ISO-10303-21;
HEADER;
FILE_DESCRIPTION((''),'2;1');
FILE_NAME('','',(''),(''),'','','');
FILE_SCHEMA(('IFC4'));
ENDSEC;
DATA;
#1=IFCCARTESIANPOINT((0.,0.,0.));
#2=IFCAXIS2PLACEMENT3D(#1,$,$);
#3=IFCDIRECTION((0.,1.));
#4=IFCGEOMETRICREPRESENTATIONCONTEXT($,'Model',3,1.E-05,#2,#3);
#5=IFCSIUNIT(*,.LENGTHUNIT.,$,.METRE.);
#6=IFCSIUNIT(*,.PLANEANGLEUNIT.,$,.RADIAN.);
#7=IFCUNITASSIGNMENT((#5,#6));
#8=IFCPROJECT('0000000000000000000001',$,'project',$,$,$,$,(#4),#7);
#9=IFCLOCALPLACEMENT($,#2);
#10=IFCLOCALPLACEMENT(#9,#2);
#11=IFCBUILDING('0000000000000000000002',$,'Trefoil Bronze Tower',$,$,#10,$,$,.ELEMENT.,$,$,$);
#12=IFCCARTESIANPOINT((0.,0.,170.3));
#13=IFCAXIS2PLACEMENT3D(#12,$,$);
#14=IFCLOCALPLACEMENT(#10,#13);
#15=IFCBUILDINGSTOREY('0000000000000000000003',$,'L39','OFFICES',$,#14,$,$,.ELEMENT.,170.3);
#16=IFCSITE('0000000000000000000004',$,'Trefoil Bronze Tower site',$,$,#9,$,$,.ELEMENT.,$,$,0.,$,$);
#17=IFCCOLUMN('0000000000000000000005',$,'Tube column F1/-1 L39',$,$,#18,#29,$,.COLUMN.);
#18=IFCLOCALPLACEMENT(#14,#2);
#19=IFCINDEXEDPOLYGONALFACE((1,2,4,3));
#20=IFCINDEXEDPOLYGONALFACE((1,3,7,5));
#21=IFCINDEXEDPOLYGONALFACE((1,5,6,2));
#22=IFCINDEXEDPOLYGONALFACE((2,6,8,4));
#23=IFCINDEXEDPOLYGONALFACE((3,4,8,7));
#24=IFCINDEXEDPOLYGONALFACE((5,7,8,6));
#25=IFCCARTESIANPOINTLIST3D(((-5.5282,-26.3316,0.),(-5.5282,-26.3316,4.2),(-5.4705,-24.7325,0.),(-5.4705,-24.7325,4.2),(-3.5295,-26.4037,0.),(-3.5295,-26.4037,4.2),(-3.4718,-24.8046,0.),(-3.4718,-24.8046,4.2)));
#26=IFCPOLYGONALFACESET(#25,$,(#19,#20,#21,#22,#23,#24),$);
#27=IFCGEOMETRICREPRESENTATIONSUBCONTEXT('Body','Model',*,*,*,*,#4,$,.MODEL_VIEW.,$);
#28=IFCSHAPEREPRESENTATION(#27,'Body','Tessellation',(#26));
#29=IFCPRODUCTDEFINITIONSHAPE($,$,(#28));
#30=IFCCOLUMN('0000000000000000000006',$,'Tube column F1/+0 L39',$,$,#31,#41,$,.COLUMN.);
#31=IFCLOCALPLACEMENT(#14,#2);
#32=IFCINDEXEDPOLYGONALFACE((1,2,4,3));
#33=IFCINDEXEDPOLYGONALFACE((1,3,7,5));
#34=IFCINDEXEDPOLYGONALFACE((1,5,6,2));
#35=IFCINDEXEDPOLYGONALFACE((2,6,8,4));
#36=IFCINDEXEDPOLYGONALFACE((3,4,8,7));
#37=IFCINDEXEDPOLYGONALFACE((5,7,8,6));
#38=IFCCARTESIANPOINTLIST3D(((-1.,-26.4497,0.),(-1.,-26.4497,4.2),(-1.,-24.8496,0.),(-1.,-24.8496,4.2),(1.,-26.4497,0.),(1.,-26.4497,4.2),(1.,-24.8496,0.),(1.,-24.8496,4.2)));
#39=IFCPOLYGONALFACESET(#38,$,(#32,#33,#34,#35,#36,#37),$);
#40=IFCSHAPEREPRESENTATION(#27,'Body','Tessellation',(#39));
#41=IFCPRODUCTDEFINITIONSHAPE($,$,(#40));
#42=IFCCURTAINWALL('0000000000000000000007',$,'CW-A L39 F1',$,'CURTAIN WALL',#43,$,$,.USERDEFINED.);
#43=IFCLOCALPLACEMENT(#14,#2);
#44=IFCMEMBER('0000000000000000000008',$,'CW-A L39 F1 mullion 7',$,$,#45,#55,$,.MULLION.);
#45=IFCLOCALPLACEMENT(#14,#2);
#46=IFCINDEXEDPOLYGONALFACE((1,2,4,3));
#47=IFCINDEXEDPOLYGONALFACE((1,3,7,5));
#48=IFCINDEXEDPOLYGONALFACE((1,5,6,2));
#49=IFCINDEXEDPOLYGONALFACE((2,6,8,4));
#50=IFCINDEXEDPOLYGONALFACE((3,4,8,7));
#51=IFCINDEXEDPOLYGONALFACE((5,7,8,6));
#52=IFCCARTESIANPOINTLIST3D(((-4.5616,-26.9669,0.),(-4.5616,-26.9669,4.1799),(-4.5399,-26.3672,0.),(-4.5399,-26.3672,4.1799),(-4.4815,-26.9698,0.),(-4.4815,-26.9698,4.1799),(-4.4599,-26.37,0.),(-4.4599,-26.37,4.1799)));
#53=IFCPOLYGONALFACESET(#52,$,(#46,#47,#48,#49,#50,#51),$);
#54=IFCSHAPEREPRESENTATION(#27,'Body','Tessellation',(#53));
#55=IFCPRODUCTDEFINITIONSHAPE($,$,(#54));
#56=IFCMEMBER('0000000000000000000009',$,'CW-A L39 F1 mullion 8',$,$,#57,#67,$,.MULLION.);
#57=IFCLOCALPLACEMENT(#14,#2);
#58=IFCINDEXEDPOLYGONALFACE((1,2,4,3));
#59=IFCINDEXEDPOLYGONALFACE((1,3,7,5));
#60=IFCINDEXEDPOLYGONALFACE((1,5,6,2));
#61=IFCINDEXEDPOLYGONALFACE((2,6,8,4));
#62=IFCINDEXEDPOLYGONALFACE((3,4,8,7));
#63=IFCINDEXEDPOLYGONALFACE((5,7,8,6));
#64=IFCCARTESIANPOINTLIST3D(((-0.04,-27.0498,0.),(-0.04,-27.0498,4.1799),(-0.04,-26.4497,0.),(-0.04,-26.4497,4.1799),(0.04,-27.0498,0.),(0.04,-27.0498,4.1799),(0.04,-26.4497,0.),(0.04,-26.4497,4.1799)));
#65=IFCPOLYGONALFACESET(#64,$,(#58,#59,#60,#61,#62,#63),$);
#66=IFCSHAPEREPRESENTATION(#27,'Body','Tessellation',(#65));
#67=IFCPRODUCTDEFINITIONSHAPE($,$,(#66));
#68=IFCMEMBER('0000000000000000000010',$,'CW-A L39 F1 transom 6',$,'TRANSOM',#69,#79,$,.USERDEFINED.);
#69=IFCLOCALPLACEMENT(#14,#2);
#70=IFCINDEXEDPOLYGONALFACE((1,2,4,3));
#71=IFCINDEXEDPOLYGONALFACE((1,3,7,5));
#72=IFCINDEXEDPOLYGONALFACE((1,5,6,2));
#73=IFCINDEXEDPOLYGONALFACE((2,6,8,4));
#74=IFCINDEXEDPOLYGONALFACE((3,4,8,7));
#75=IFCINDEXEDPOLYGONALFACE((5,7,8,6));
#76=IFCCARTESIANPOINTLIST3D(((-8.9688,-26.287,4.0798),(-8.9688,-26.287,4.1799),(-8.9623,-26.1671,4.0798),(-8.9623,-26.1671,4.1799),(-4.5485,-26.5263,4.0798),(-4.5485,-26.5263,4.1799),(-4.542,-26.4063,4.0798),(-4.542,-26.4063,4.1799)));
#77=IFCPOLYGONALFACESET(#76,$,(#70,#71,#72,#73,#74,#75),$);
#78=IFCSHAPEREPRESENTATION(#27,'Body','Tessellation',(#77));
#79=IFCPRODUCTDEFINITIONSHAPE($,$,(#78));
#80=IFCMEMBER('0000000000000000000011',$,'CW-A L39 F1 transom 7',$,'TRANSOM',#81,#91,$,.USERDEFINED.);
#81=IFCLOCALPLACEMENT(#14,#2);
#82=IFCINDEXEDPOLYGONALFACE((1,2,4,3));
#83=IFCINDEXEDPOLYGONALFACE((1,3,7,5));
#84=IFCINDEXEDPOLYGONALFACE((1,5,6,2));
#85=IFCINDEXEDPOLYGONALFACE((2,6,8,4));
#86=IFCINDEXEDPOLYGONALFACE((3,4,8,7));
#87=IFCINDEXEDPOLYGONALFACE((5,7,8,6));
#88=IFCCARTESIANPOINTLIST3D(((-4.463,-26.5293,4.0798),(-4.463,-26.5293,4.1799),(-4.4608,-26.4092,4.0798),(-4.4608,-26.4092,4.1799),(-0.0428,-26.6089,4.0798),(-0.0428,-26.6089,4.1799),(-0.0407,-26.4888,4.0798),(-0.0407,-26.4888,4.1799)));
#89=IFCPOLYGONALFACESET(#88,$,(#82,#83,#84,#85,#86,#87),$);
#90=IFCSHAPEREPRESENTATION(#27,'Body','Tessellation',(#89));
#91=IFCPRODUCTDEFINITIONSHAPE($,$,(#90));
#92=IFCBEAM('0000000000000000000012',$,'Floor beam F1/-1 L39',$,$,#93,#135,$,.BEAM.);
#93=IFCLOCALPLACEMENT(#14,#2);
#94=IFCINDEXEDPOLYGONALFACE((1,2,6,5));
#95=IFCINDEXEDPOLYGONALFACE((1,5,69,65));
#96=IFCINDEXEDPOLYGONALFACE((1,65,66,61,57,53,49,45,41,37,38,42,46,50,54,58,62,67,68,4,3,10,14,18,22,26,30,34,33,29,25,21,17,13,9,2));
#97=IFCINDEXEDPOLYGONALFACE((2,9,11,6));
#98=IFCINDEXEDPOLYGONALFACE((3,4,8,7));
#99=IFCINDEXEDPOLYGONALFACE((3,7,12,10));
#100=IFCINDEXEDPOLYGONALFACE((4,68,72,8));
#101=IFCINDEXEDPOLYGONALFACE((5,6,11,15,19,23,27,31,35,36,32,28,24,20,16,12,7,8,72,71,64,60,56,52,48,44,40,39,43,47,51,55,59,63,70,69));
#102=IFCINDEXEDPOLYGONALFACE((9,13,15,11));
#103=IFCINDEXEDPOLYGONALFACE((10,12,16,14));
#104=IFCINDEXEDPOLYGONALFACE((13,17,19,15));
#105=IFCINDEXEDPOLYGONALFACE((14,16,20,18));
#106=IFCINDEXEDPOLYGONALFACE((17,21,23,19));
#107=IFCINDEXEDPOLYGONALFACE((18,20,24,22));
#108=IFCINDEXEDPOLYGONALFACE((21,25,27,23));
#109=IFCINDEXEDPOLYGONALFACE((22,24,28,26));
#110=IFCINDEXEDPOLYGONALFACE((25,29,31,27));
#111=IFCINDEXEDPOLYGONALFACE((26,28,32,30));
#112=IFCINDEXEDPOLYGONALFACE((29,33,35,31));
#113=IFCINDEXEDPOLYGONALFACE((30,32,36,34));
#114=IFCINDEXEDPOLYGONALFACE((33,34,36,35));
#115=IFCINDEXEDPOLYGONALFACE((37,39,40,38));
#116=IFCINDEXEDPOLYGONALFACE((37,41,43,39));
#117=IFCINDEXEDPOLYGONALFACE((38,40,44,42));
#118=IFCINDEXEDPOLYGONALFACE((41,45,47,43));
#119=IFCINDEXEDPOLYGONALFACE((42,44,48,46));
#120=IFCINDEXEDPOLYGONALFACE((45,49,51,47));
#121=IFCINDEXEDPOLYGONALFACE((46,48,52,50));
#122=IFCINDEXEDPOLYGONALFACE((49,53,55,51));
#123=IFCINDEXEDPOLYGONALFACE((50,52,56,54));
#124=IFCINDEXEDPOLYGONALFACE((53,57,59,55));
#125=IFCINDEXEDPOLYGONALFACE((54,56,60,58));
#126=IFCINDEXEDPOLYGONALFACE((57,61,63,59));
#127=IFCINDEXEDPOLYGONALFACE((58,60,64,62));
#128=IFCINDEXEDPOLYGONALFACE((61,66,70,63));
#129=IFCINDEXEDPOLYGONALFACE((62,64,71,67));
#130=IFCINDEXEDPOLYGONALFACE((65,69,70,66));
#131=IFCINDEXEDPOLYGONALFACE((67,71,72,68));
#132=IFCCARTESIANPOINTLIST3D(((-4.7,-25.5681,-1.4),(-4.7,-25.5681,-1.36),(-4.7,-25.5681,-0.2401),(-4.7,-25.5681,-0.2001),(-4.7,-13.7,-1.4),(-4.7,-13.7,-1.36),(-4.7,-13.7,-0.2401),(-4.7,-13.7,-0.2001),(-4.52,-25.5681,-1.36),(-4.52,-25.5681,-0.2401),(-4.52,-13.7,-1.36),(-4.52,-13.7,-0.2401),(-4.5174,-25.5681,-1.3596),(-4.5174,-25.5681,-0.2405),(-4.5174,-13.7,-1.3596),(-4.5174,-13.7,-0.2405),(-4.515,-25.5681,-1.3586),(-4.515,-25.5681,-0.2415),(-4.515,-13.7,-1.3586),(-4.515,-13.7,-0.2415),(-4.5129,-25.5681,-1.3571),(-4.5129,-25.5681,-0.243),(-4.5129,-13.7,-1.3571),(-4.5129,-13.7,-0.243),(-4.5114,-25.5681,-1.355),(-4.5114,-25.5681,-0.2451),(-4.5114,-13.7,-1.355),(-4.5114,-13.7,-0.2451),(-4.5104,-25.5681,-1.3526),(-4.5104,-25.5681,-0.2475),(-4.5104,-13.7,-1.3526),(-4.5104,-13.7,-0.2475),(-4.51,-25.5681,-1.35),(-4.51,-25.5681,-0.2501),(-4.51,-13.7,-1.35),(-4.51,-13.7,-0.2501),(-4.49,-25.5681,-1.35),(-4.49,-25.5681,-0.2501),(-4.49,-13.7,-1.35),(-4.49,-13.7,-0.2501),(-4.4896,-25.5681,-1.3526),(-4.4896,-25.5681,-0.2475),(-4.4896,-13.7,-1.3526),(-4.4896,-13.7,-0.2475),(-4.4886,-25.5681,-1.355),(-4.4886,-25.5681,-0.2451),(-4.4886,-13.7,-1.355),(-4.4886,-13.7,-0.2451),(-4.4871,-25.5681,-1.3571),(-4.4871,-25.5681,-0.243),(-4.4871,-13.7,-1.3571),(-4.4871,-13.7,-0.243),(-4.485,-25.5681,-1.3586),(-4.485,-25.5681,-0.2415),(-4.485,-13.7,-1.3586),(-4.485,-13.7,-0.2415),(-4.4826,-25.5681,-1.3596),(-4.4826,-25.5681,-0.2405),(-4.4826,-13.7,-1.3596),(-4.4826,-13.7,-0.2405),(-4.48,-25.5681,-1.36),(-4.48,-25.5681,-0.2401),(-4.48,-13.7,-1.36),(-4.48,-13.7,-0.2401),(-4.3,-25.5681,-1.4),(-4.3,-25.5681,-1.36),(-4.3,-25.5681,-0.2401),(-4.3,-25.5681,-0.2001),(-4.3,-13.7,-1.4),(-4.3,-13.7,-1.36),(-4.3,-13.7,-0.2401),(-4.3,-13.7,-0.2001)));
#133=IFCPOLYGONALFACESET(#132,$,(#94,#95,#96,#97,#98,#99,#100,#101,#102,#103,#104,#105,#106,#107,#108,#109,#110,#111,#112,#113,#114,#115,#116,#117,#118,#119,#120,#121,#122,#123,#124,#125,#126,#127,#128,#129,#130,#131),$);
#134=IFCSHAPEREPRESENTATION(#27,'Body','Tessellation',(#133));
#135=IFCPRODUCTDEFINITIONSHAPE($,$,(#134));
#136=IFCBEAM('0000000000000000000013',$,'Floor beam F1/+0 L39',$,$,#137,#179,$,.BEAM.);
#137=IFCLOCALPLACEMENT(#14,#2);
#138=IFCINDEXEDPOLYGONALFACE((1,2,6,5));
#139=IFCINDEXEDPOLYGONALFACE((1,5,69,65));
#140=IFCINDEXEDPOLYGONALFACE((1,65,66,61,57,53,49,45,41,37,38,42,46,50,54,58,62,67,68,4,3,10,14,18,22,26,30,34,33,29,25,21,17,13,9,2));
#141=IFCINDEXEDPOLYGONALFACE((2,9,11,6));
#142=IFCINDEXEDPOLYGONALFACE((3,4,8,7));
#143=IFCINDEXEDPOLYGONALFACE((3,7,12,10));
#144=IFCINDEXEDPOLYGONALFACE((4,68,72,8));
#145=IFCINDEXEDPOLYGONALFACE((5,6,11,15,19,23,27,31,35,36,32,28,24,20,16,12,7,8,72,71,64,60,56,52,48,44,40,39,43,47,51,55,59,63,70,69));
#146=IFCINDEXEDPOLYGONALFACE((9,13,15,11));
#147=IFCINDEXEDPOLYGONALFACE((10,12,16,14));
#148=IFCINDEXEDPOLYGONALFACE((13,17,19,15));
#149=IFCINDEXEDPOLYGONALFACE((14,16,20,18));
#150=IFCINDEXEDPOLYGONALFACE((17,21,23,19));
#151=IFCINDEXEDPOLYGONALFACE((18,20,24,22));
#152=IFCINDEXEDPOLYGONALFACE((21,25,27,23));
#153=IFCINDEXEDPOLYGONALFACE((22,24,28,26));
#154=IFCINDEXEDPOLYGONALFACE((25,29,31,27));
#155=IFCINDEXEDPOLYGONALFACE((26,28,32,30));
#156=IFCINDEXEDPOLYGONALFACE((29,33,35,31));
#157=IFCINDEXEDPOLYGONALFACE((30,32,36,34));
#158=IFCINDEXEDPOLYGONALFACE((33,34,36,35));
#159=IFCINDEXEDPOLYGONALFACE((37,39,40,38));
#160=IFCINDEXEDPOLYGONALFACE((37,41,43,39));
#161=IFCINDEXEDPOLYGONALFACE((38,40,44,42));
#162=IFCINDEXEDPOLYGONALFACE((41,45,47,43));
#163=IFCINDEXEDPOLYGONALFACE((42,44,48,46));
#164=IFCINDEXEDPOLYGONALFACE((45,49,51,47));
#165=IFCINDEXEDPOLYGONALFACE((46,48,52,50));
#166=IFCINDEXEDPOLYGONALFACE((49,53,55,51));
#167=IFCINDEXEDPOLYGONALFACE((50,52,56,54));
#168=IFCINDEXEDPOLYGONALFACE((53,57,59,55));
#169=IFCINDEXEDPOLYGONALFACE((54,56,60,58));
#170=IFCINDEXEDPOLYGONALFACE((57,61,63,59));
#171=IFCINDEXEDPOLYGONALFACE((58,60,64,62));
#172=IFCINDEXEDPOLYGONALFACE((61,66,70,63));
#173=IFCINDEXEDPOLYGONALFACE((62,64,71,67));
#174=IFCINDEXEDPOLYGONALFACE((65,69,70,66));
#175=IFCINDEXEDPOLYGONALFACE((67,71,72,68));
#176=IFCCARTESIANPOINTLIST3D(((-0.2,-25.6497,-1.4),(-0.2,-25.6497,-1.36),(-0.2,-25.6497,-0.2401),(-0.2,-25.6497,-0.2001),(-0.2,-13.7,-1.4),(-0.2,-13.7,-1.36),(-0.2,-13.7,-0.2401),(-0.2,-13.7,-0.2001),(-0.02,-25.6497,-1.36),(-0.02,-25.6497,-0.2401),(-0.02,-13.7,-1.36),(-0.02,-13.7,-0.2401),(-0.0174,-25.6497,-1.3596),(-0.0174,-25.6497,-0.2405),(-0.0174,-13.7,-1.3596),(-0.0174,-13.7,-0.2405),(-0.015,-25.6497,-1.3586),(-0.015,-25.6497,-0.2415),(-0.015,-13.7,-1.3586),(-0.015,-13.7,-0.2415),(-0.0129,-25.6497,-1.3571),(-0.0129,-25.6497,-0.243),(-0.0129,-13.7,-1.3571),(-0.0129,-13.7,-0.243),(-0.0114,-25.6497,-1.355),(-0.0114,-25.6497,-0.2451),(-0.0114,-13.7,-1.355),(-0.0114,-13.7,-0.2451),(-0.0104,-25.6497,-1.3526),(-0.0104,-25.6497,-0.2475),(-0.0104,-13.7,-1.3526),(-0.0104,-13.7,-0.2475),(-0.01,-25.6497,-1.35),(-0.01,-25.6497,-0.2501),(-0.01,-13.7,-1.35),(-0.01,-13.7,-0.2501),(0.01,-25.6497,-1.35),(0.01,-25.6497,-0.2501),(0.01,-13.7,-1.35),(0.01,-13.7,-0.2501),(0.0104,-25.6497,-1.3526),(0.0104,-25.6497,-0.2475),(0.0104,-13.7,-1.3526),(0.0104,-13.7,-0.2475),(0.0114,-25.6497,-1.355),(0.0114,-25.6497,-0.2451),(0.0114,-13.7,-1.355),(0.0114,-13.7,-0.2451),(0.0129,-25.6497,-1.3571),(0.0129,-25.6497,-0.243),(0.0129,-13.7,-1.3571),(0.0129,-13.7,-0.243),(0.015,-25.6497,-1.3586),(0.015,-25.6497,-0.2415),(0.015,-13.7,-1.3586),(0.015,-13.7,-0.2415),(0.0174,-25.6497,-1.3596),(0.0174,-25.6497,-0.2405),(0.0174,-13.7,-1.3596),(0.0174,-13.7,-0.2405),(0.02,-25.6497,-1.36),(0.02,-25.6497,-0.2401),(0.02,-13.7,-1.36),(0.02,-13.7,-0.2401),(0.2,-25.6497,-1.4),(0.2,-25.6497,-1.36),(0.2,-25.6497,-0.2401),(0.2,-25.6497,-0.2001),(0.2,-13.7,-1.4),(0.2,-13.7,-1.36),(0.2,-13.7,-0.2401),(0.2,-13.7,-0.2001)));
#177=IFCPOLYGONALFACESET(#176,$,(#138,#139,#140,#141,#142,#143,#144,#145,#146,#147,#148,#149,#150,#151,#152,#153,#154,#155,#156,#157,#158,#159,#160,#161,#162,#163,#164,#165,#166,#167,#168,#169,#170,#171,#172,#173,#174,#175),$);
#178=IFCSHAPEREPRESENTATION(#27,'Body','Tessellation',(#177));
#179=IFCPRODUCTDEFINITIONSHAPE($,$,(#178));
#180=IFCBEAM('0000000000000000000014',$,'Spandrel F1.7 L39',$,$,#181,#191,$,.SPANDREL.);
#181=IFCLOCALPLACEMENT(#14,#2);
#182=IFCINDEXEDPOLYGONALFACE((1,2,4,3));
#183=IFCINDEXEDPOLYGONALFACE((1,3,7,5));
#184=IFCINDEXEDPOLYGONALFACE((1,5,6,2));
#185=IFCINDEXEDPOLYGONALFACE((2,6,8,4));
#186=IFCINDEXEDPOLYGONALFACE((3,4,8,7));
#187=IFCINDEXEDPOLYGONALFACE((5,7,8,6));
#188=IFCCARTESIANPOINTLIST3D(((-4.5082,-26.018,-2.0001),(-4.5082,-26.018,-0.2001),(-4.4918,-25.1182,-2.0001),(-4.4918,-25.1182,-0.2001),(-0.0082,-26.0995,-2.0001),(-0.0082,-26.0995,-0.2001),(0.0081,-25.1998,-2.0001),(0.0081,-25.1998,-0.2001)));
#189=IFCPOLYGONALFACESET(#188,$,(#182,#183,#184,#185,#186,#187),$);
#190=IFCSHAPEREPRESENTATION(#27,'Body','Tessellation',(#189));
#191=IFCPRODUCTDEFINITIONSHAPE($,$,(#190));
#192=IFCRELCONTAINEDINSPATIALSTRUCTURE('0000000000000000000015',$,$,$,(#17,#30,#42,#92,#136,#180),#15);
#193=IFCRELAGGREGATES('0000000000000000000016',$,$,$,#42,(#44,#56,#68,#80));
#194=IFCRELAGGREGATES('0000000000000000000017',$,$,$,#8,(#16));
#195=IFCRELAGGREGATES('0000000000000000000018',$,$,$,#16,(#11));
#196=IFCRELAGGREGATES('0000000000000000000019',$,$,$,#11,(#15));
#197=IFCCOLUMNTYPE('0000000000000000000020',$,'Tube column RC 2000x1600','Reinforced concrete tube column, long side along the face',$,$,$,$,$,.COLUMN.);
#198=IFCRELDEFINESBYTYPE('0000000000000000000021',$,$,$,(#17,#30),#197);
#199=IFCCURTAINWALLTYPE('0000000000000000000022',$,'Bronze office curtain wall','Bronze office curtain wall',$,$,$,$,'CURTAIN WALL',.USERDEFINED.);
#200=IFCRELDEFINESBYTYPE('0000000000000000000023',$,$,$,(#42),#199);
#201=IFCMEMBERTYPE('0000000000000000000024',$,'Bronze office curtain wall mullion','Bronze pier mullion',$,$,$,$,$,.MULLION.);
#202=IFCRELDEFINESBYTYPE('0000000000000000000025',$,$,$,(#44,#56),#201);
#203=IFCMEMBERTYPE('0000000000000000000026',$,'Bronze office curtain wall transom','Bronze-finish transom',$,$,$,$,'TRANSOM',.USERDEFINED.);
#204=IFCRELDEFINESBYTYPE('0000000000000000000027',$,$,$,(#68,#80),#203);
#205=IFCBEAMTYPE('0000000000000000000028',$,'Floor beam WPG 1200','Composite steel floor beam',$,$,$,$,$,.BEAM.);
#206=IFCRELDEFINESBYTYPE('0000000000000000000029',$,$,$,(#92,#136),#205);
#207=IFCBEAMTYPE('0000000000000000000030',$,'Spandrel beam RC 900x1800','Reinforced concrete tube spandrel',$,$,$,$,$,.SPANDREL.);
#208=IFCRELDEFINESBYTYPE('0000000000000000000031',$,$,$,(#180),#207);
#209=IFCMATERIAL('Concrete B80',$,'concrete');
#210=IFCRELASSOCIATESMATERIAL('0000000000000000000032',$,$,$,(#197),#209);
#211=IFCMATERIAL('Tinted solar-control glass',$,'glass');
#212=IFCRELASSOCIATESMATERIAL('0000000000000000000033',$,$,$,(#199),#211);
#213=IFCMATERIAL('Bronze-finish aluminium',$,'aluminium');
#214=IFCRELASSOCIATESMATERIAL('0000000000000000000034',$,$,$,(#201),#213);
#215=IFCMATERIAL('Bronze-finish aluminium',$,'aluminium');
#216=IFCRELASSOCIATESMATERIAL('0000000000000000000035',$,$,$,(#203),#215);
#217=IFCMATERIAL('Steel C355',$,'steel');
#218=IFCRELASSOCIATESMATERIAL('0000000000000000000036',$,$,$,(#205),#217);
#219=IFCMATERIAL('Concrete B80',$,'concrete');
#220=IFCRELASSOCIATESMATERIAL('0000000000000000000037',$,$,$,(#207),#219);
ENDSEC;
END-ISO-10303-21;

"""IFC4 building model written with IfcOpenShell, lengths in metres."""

from ifc_helpers import new_model, si_unit, direction, frame, origin, origin_2d, place, context, subcontext, project, spatial, rectangle, i_section, extrude, material, material_profile, profile_set, type_object, element, aggregate, save


model = new_model("IFC4")

# Units and contexts
model_context = context("Model", 3, precision=1e-05, world=origin(), true_north=direction((0.0, 1.0)))
body_context = subcontext(model_context, "Body", "Model", "MODEL_VIEW")
ifc_project = project(units=[si_unit("LENGTHUNIT", "METRE"), si_unit("PLANEANGLEUNIT", "RADIAN")], contexts=[model_context])

# Site, building, storey
site_placement = place(None, origin())
site = spatial("IfcSite", under=ifc_project, at=site_placement, Name="Trefoil Bronze Tower site", CompositionType="ELEMENT", RefElevation=0.0)
building_placement = place(site_placement, origin())
building = spatial("IfcBuilding", under=site, at=building_placement, Name="Trefoil Bronze Tower", CompositionType="ELEMENT")
storey_placement = place(building_placement, frame((0.0, 0.0, 170.3)))
storey = spatial("IfcBuildingStorey", under=building, at=storey_placement, Name="L39", Description="OFFICES", CompositionType="ELEMENT", Elevation=170.3)

# Columns
ifc_material_1 = material(Name="Concrete B80", Category="concrete")
ifc_material_profile_1 = material_profile(ifc_material_1, rectangle(XDim=2.0, YDim=1.6001, at=origin_2d()), Name="RC 2000x1600")
ifc_profile_set_1 = profile_set([ifc_material_profile_1], Name="Concrete B80")
column_type = type_object("IfcColumnType", Name="Tube column RC 2000x1600", Description="Reinforced concrete tube column, long side along the face", PredefinedType="COLUMN", material=ifc_profile_set_1)
for number, where, z_axis, x_axis, name in (
    (1, (-4.5, -25.5681, 0.0), (0.0, 0.0, 1.0), (0.99935, -0.036048, 0.0), "Tube column F1/-1 L39"),
    (2, (0.0, -25.6497, 0.0), (0.0, 0.0, 1.0), (1.0, 0.0, 0.0), "Tube column F1/+0 L39"),
):
    element("IfcColumn", number, at=place(storey_placement, frame(where, z_axis=z_axis, x_axis=x_axis)), inside=storey, type_object=column_type, Name=name, PredefinedType="COLUMN", context=body_context, shape_type="SweptSolid", body=[
        extrude(rectangle(XDim=2.0, YDim=1.6001, at=origin_2d()), origin(), (0.0, 0.0, 1.0), 4.2),
    ])

# Curtain wall, members
ifc_material_2 = material(Name="Tinted solar-control glass", Category="glass")
curtain_wall_type = type_object("IfcCurtainWallType", Name="Bronze office curtain wall", Description="Bronze office curtain wall", ElementType="CURTAIN WALL", PredefinedType="USERDEFINED", material=ifc_material_2)
curtain_wall_placement = place(storey_placement, origin())
curtain_wall = element("IfcCurtainWall", 3, at=curtain_wall_placement, inside=storey, type_object=curtain_wall_type, Name="CW-A L39 F1", ObjectType="CURTAIN WALL", PredefinedType="USERDEFINED")
ifc_material_3 = material(Name="Bronze-finish aluminium", Category="aluminium")
ifc_material_profile_2 = material_profile(ifc_material_3, rectangle(XDim=0.6001, YDim=0.0801, at=origin_2d()), Name="CW-A mullion")
ifc_profile_set_2 = profile_set([ifc_material_profile_2], Name="Bronze-finish aluminium")
member_type_1 = type_object("IfcMemberType", Name="Bronze office curtain wall mullion", Description="Bronze pier mullion", PredefinedType="MULLION", material=ifc_profile_set_2)
member_1_placement = place(storey_placement, frame((-4.5107, -26.6685, 0.0), z_axis=(0.0, 0.0, 1.0), x_axis=(0.036048, 0.99935, 0.0)))
member_1 = element("IfcMember", 4, at=member_1_placement, type_object=member_type_1, Name="CW-A L39 F1 mullion 7", PredefinedType="MULLION", context=body_context, shape_type="SweptSolid", body=[
    extrude(rectangle(XDim=0.6001, YDim=0.0801, at=origin_2d()), origin(), (0.0, 0.0, 1.0), 4.1799),
])
member_2_placement = place(storey_placement, frame((0.0, -26.7498, 0.0), z_axis=(0.0, 0.0, 1.0), x_axis=(0.0, 1.0, 0.0)))
member_2 = element("IfcMember", 5, at=member_2_placement, type_object=member_type_1, Name="CW-A L39 F1 mullion 8", PredefinedType="MULLION", context=body_context, shape_type="SweptSolid", body=[
    extrude(rectangle(XDim=0.6001, YDim=0.0801, at=origin_2d()), origin(), (0.0, 0.0, 1.0), 4.1799),
])
ifc_material_4 = material(Name="Bronze-finish aluminium", Category="aluminium")
ifc_material_profile_3 = material_profile(ifc_material_4, rectangle(XDim=0.1201, YDim=0.1001, at=origin_2d()), Name="CW-A transom")
ifc_profile_set_3 = profile_set([ifc_material_profile_3], Name="Bronze-finish aluminium")
member_type_2 = type_object("IfcMemberType", Name="Bronze office curtain wall transom", Description="Bronze-finish transom", ElementType="TRANSOM", PredefinedType="USERDEFINED", material=ifc_profile_set_3)
member_3_placement = place(storey_placement, frame((-8.9656, -26.2271, 4.1299), z_axis=(0.998538, -0.05405, 0.0), x_axis=(0.05405, 0.998538, 0.0)))
member_3 = element("IfcMember", 6, at=member_3_placement, type_object=member_type_2, Name="CW-A L39 F1 transom 6", ObjectType="TRANSOM", PredefinedType="USERDEFINED", context=body_context, shape_type="SweptSolid", body=[
    extrude(rectangle(XDim=0.1201, YDim=0.1001, at=origin_2d()), origin(), (0.0, 0.0, 1.0), 4.4268),
])
member_4_placement = place(storey_placement, frame((-4.4619, -26.4692, 4.1299), z_axis=(0.999838, -0.018003, 0.0), x_axis=(0.018003, 0.999838, 0.0)))
member_4 = element("IfcMember", 7, at=member_4_placement, type_object=member_type_2, Name="CW-A L39 F1 transom 7", ObjectType="TRANSOM", PredefinedType="USERDEFINED", context=body_context, shape_type="SweptSolid", body=[
    extrude(rectangle(XDim=0.1201, YDim=0.1001, at=origin_2d()), origin(), (0.0, 0.0, 1.0), 4.4209),
])

# Beams
ifc_material_5 = material(Name="Steel C355", Category="steel")
ifc_material_profile_4 = material_profile(ifc_material_5, i_section(OverallWidth=0.3999, OverallDepth=1.2, WebThickness=0.02, FlangeThickness=0.04, FilletRadius=0.01, at=origin_2d()), Name="WPG 1200")
ifc_profile_set_4 = profile_set([ifc_material_profile_4], Name="Steel C355")
beam_type_1 = type_object("IfcBeamType", Name="Floor beam WPG 1200", Description="Composite steel floor beam", PredefinedType="BEAM", material=ifc_profile_set_4)
beam_1_placement = place(storey_placement, frame((-4.5, -25.5681, -0.8), z_axis=(0.0, 1.0, 0.0), x_axis=(-1.0, 0.0, 0.0)))
element("IfcBeam", 8, at=beam_1_placement, inside=storey, type_object=beam_type_1, Name="Floor beam F1/-1 L39", PredefinedType="BEAM", context=body_context, shape_type="SweptSolid", body=[
    extrude(i_section(OverallWidth=0.3999, OverallDepth=1.2, WebThickness=0.02, FlangeThickness=0.04, FilletRadius=0.01, at=origin_2d()), origin(), (0.0, 0.0, 1.0), 11.8682),
])
beam_2_placement = place(storey_placement, frame((0.0, -25.6497, -0.8), z_axis=(0.0, 1.0, 0.0), x_axis=(-1.0, 0.0, 0.0)))
element("IfcBeam", 9, at=beam_2_placement, inside=storey, type_object=beam_type_1, Name="Floor beam F1/+0 L39", PredefinedType="BEAM", context=body_context, shape_type="SweptSolid", body=[
    extrude(i_section(OverallWidth=0.3999, OverallDepth=1.2, WebThickness=0.02, FlangeThickness=0.04, FilletRadius=0.01, at=origin_2d()), origin(), (0.0, 0.0, 1.0), 11.9497),
])
ifc_material_6 = material(Name="Concrete B80", Category="concrete")
ifc_material_profile_5 = material_profile(ifc_material_6, rectangle(XDim=0.8999, YDim=1.8, at=origin_2d()), Name="RC 900x1800")
ifc_profile_set_5 = profile_set([ifc_material_profile_5], Name="Concrete B80")
beam_type_2 = type_object("IfcBeamType", Name="Spandrel beam RC 900x1800", Description="Reinforced concrete tube spandrel", PredefinedType="SPANDREL", material=ifc_profile_set_5)
for number, where, z_axis, x_axis, name in (
    (10, (-4.5, -25.5681, -1.1001), (0.999836, -0.018118, 0.0), (0.018118, 0.999836, 0.0), "Spandrel F1.7 L39"),
):
    element("IfcBeam", number, at=place(storey_placement, frame(where, z_axis=z_axis, x_axis=x_axis)), inside=storey, type_object=beam_type_2, Name=name, PredefinedType="SPANDREL", context=body_context, shape_type="SweptSolid", body=[
        extrude(rectangle(XDim=0.8999, YDim=1.8, at=origin_2d()), origin(), (0.0, 0.0, 1.0), 4.5007),
    ])

aggregate(curtain_wall, [member_1, member_2, member_3, member_4])

save(model, "model.ifc")
